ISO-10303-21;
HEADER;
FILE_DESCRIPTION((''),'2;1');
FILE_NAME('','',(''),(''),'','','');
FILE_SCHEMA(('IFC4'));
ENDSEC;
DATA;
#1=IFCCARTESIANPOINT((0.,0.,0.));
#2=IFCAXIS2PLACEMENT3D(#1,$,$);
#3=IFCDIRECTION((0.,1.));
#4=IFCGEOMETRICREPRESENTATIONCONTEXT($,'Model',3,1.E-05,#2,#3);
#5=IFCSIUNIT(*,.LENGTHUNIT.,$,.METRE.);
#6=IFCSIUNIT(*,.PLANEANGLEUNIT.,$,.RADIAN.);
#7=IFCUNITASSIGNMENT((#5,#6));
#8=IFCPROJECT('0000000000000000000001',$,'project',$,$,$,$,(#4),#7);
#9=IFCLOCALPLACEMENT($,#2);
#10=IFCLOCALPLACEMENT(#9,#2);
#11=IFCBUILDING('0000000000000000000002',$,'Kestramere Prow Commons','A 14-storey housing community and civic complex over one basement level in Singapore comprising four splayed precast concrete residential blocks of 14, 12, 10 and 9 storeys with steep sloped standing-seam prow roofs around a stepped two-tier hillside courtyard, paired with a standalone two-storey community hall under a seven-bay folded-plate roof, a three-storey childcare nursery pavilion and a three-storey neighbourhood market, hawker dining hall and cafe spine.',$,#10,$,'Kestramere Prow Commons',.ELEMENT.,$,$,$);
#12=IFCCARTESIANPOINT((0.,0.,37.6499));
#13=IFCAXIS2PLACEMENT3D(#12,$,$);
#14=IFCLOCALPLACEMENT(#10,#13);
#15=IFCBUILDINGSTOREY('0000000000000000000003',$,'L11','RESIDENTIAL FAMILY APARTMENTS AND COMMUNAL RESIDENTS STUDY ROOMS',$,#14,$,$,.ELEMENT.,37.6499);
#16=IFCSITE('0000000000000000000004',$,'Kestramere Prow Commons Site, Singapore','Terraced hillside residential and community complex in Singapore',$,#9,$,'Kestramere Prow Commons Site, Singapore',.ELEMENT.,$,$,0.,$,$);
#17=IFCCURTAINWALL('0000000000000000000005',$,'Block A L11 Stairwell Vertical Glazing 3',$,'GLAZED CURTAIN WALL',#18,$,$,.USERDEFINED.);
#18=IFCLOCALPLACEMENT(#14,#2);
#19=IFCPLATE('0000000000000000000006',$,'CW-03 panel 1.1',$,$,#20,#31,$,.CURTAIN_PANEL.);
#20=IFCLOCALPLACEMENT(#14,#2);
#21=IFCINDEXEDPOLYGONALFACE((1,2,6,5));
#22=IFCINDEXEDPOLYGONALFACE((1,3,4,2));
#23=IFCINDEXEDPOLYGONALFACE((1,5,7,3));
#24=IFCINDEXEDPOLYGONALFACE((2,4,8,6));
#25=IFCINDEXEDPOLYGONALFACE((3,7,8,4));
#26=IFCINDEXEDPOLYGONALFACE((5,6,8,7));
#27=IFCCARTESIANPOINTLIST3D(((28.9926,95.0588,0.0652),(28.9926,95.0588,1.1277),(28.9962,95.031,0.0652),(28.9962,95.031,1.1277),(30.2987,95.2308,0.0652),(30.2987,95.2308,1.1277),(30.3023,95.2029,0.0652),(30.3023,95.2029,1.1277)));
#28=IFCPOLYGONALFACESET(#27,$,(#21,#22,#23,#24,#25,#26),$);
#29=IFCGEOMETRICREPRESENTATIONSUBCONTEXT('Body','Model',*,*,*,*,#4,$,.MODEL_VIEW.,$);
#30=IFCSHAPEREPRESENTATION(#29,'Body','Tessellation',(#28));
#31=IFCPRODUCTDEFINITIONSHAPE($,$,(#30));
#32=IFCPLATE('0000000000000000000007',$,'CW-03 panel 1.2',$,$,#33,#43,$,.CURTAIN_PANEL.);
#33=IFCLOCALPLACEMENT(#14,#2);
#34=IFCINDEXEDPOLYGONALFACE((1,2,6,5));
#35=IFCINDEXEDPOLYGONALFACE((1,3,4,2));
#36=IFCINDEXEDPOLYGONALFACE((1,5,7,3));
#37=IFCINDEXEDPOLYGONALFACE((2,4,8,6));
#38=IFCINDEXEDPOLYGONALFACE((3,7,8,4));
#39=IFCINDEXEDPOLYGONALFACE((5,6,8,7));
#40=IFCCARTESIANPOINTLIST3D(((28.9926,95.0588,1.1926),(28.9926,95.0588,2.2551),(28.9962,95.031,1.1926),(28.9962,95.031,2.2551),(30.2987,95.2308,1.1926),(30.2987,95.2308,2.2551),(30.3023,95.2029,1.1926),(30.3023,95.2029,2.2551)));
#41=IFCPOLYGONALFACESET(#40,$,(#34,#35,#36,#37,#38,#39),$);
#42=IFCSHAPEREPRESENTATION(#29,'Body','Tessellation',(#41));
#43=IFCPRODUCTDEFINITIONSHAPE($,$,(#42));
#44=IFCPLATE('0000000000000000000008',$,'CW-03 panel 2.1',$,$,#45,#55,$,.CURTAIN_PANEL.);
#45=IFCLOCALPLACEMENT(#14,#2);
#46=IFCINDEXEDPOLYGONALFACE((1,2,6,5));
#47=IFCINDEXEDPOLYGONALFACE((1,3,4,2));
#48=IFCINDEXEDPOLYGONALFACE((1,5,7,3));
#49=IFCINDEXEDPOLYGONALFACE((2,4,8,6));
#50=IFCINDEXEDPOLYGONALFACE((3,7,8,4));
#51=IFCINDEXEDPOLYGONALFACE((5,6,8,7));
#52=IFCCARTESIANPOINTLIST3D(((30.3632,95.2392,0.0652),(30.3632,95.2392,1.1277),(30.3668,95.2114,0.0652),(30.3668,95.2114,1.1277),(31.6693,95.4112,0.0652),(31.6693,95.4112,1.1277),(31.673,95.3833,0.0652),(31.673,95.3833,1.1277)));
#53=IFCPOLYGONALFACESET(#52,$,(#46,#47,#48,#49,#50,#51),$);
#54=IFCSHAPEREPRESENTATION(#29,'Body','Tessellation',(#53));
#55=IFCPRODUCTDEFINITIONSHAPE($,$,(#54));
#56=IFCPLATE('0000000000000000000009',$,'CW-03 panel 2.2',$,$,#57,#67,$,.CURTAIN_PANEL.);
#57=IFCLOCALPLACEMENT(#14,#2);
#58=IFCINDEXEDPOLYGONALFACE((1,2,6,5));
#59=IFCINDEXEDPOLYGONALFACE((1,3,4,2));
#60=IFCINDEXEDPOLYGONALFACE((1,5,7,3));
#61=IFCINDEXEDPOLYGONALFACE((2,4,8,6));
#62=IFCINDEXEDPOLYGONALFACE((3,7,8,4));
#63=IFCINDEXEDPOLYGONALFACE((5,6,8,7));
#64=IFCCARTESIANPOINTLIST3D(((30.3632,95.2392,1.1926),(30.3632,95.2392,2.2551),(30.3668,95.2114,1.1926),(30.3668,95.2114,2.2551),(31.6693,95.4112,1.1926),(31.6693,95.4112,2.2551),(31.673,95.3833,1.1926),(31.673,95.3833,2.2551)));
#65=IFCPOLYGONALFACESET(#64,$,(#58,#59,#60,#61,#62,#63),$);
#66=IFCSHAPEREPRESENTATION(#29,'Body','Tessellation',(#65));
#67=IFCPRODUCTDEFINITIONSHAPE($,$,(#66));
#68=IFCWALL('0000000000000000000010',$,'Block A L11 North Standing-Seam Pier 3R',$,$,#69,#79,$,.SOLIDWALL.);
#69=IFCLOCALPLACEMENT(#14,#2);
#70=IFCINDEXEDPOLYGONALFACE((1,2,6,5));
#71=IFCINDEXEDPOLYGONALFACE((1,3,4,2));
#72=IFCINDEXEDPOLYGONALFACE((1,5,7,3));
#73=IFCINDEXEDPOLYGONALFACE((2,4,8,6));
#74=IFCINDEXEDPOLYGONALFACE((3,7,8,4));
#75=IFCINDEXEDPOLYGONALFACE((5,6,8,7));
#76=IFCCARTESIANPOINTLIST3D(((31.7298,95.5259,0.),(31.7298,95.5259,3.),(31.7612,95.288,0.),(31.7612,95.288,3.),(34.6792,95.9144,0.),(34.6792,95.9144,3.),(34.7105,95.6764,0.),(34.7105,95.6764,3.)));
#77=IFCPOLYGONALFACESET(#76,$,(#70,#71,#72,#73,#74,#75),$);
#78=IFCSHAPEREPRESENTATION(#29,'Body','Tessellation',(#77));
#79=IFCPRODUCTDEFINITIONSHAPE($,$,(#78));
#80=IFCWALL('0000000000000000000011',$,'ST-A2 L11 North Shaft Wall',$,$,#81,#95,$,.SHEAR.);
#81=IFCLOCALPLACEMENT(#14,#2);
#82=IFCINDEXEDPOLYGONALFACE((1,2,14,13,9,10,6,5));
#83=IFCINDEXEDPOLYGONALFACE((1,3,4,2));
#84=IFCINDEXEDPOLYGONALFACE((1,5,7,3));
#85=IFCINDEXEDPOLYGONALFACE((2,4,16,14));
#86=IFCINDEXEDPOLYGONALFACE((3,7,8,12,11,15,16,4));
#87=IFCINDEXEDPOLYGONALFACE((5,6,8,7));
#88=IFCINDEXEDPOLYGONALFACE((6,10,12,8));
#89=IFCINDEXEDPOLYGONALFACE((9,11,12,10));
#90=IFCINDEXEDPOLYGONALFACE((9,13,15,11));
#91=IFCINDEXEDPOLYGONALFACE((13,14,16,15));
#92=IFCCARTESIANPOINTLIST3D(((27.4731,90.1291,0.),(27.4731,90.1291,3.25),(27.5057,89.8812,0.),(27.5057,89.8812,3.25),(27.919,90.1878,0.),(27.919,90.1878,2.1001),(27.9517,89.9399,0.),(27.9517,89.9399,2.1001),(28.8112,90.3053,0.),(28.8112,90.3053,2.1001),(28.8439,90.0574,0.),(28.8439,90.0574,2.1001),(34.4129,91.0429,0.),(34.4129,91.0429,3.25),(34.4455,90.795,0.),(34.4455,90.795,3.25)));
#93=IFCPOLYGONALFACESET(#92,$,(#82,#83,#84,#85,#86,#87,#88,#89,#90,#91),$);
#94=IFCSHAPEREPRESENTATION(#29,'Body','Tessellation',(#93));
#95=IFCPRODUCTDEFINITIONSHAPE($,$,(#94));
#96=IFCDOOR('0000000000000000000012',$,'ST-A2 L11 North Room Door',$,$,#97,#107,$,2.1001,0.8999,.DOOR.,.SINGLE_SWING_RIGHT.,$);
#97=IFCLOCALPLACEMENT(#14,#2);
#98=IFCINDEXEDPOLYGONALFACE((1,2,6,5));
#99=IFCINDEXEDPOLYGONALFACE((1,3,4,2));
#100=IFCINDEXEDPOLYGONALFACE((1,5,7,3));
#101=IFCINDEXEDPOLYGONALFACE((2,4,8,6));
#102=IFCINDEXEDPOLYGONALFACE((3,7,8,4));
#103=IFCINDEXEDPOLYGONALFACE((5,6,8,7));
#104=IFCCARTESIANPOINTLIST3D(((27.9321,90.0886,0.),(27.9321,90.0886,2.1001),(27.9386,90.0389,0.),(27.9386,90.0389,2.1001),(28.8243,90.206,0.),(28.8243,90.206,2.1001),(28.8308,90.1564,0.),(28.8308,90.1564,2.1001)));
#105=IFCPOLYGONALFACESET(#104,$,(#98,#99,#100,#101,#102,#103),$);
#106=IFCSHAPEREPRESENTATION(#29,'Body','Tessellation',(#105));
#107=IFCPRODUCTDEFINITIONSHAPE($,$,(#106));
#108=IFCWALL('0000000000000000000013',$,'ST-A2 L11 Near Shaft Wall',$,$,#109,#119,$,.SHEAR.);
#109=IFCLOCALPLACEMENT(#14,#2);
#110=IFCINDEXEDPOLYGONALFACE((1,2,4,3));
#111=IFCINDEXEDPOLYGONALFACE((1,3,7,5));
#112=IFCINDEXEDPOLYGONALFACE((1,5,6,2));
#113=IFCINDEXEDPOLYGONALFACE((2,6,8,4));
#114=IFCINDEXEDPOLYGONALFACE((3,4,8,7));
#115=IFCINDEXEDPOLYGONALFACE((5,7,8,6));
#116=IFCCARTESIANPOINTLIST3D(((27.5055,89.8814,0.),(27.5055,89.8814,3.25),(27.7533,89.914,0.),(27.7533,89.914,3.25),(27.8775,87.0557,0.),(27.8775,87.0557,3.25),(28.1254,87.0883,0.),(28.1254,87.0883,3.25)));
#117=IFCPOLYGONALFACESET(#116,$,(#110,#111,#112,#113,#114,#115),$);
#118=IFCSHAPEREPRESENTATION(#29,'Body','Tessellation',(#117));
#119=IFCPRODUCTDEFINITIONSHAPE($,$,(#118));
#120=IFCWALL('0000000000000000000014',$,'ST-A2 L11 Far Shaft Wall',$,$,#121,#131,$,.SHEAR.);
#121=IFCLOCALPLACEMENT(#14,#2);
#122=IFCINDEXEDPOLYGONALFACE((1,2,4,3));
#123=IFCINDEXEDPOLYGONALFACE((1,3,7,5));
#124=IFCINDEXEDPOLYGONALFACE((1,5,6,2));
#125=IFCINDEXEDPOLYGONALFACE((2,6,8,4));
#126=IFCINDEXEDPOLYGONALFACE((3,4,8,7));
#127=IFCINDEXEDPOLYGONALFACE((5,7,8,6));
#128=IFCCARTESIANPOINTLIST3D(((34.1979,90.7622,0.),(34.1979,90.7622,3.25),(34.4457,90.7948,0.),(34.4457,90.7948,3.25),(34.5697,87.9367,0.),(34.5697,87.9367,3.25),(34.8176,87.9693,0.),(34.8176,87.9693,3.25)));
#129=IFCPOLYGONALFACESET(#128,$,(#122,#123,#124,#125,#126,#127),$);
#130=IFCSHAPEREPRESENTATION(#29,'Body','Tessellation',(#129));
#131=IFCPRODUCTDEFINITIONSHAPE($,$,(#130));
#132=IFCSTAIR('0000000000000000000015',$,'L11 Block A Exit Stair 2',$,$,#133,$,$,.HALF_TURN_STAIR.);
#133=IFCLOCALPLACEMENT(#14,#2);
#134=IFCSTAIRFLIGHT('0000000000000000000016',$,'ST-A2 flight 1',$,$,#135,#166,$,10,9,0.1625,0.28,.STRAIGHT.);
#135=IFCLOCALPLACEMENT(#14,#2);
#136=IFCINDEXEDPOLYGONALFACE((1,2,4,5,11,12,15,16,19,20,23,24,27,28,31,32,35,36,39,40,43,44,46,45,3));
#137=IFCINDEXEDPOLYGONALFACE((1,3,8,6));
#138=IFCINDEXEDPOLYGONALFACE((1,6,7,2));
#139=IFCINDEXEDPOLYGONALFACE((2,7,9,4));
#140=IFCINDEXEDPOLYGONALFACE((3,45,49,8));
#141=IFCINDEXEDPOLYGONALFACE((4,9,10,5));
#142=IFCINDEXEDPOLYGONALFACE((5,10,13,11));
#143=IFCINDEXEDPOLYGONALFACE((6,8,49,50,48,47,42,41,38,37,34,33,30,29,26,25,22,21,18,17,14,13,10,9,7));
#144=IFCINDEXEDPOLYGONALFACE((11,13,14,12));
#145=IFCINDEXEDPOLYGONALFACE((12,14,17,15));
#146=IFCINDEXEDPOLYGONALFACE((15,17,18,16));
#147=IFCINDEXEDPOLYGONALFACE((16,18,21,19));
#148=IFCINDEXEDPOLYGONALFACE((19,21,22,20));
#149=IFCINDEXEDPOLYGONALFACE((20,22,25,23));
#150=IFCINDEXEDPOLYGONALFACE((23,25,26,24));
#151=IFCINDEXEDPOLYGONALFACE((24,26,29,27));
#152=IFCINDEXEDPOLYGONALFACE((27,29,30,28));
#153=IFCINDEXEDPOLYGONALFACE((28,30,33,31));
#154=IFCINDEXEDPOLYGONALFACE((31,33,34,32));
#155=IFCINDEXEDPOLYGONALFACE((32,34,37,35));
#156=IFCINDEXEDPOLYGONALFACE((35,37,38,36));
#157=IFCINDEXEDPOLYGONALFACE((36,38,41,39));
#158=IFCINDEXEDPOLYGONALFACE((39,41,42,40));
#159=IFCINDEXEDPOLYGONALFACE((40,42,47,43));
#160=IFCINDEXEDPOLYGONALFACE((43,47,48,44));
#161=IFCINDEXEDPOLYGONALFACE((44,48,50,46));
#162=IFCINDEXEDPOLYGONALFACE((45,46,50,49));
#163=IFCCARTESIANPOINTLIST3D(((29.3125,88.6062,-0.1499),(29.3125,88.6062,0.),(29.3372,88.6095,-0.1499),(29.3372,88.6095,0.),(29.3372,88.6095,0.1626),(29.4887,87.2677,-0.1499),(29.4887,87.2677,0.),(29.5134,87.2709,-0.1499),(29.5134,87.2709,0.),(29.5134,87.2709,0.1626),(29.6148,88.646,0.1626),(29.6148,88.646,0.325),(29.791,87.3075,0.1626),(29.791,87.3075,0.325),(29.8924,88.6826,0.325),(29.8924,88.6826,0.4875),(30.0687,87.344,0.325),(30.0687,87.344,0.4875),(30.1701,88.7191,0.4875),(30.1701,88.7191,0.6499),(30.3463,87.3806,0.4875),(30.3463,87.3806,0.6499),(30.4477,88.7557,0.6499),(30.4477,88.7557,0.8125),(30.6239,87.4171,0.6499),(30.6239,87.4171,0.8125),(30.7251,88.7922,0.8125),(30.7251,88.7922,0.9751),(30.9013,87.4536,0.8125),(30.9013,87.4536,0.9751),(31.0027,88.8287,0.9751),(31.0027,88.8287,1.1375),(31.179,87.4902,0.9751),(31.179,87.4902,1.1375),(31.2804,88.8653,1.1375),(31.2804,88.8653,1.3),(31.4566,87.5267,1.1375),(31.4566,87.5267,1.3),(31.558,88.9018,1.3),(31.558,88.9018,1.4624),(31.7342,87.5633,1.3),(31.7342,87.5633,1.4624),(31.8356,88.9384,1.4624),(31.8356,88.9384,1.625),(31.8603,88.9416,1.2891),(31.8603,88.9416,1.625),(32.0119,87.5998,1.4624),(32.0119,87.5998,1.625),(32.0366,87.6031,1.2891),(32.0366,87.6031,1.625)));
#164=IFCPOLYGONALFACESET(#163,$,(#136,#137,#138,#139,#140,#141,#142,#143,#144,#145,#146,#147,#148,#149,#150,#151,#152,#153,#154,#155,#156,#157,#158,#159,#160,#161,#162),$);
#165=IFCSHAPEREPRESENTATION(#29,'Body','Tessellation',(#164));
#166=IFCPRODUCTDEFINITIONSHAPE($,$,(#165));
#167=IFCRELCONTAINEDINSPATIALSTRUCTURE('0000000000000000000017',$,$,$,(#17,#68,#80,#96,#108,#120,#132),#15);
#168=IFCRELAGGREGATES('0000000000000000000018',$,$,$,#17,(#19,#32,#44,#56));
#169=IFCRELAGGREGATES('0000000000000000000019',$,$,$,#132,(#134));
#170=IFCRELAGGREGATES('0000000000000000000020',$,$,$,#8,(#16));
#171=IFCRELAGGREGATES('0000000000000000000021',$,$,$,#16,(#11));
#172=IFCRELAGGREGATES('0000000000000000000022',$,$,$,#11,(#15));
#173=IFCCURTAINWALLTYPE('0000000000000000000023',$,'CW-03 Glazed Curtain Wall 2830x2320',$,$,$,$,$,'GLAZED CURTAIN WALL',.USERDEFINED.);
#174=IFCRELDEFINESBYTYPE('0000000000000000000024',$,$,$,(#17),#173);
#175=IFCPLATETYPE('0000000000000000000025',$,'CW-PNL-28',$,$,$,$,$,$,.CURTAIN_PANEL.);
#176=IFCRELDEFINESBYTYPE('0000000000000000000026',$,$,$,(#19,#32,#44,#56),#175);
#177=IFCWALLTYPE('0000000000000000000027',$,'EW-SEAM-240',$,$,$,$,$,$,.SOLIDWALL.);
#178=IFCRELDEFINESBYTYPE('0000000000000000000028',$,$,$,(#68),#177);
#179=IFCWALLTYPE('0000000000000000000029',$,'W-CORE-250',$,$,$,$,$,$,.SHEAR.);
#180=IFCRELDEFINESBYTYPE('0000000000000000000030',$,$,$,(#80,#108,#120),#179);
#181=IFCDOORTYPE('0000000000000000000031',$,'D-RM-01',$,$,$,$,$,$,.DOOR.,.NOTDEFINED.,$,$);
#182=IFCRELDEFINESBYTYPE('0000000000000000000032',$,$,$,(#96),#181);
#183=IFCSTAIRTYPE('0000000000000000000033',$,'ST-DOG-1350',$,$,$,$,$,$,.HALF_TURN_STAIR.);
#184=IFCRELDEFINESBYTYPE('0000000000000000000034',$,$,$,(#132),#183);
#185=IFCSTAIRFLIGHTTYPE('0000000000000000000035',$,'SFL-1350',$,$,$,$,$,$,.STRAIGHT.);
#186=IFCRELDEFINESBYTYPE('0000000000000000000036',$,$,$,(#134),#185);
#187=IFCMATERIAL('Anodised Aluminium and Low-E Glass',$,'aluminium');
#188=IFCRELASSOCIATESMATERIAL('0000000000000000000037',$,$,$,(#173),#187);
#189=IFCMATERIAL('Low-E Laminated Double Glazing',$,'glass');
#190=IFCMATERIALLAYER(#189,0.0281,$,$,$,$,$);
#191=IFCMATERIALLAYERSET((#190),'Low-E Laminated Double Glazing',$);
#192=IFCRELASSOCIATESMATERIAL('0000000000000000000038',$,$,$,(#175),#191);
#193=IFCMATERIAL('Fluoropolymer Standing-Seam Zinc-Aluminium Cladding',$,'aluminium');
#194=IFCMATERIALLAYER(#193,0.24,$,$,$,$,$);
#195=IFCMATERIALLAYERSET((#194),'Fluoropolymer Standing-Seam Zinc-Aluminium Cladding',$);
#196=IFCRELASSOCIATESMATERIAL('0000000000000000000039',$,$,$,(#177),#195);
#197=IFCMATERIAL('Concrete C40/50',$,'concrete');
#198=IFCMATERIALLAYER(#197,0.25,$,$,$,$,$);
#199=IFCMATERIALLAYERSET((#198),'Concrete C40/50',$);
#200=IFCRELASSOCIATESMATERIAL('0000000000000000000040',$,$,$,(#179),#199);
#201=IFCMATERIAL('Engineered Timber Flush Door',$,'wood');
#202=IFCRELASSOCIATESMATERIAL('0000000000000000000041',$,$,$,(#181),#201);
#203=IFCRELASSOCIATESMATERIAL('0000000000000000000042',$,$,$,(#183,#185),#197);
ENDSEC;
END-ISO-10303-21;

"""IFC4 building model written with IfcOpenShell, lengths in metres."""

from ifc_helpers import new_model, si_unit, direction, frame, frame_2d, origin, origin_2d, place, context, subcontext, project, spatial, polyline, rectangle, outline, extrude, material, layer, layer_set, type_object, element, fill, aggregate, save


model = new_model("IFC4")

# Units and contexts
model_context = context("Model", 3, precision=1e-05, world=origin(), true_north=direction((0.0, 1.0)))
body_context = subcontext(model_context, "Body", "Model", "MODEL_VIEW")
ifc_project = project(units=[si_unit("LENGTHUNIT", "METRE"), si_unit("PLANEANGLEUNIT", "RADIAN")], contexts=[model_context])

# Site, building, storey
site_placement = place(None, origin())
site = spatial("IfcSite", under=ifc_project, at=site_placement, Name="Kestramere Prow Commons Site, Singapore", Description="Terraced hillside residential and community complex in Singapore", LongName="Kestramere Prow Commons Site, Singapore", CompositionType="ELEMENT", RefElevation=0.0)
building_placement = place(site_placement, origin())
building = spatial("IfcBuilding", under=site, at=building_placement, Name="Kestramere Prow Commons", Description="A 14-storey housing community and civic complex over one basement level in Singapore comprising four splayed precast concrete residential blocks of 14, 12, 10 and 9 storeys with steep sloped standing-seam prow roofs around a stepped two-tier hillside courtyard, paired with a standalone two-storey community hall under a seven-bay folded-plate roof, a three-storey childcare nursery pavilion and a three-storey neighbourhood market, hawker dining hall and cafe spine.", LongName="Kestramere Prow Commons", CompositionType="ELEMENT")
storey_placement = place(building_placement, frame((0.0, 0.0, 37.6499)))
storey = spatial("IfcBuildingStorey", under=building, at=storey_placement, Name="L11", Description="RESIDENTIAL FAMILY APARTMENTS AND COMMUNAL RESIDENTS STUDY ROOMS", CompositionType="ELEMENT", Elevation=37.6499)

# Shared definitions
ifc_material_1 = material(Name="Concrete C40/50", Category="concrete")

# Curtain wall, plates
ifc_material_2 = material(Name="Anodised Aluminium and Low-E Glass", Category="aluminium")
curtain_wall_type = type_object("IfcCurtainWallType", Name="CW-03 Glazed Curtain Wall 2830x2320", ElementType="GLAZED CURTAIN WALL", PredefinedType="USERDEFINED", material=ifc_material_2)
curtain_wall_placement = place(storey_placement, origin())
curtain_wall = element("IfcCurtainWall", 1, at=curtain_wall_placement, inside=storey, type_object=curtain_wall_type, Name="Block A L11 Stairwell Vertical Glazing 3", ObjectType="GLAZED CURTAIN WALL", PredefinedType="USERDEFINED")
ifc_material_3 = material(Name="Low-E Laminated Double Glazing", Category="glass")
ifc_layer_1 = layer(ifc_material_3, 0.0281)
ifc_layer_set_1 = layer_set([ifc_layer_1], Name="Low-E Laminated Double Glazing")
plate_type = type_object("IfcPlateType", Name="CW-PNL-28", PredefinedType="CURTAIN_PANEL", material=ifc_layer_set_1)
plate_1_placement = place(storey_placement, frame((29.6475, 95.1309, 0.0652), z_axis=(0.0, 0.0, 1.0), x_axis=(0.991445, 0.130526, 0.0)))
plate_1 = element("IfcPlate", 2, at=plate_1_placement, type_object=plate_type, Name="CW-03 panel 1.1", PredefinedType="CURTAIN_PANEL", context=body_context, shape_type="SweptSolid", body=[
    extrude(rectangle(XDim=1.3174, YDim=0.0281, at=origin_2d()), origin(), (0.0, 0.0, 1.0), 1.0625),
])
plate_2_placement = place(storey_placement, frame((29.6475, 95.1309, 1.1926), z_axis=(0.0, 0.0, 1.0), x_axis=(0.991445, 0.130526, 0.0)))
plate_2 = element("IfcPlate", 3, at=plate_2_placement, type_object=plate_type, Name="CW-03 panel 1.2", PredefinedType="CURTAIN_PANEL", context=body_context, shape_type="SweptSolid", body=[
    extrude(rectangle(XDim=1.3174, YDim=0.0281, at=origin_2d()), origin(), (0.0, 0.0, 1.0), 1.0625),
])
plate_3_placement = place(storey_placement, frame((31.0181, 95.3113, 0.0652), z_axis=(0.0, 0.0, 1.0), x_axis=(0.991445, 0.130526, 0.0)))
plate_3 = element("IfcPlate", 4, at=plate_3_placement, type_object=plate_type, Name="CW-03 panel 2.1", PredefinedType="CURTAIN_PANEL", context=body_context, shape_type="SweptSolid", body=[
    extrude(rectangle(XDim=1.3174, YDim=0.0281, at=origin_2d()), origin(), (0.0, 0.0, 1.0), 1.0625),
])
plate_4_placement = place(storey_placement, frame((31.0181, 95.3113, 1.1926), z_axis=(0.0, 0.0, 1.0), x_axis=(0.991445, 0.130526, 0.0)))
plate_4 = element("IfcPlate", 5, at=plate_4_placement, type_object=plate_type, Name="CW-03 panel 2.2", PredefinedType="CURTAIN_PANEL", context=body_context, shape_type="SweptSolid", body=[
    extrude(rectangle(XDim=1.3174, YDim=0.0281, at=origin_2d()), origin(), (0.0, 0.0, 1.0), 1.0625),
])
aggregate(curtain_wall, [plate_1, plate_2, plate_3, plate_4])

# Wall
ifc_material_4 = material(Name="Fluoropolymer Standing-Seam Zinc-Aluminium Cladding", Category="aluminium")
ifc_layer_2 = layer(ifc_material_4, 0.24)
ifc_layer_set_2 = layer_set([ifc_layer_2], Name="Fluoropolymer Standing-Seam Zinc-Aluminium Cladding")
wall_type_1 = type_object("IfcWallType", Name="EW-SEAM-240", PredefinedType="SOLIDWALL", material=ifc_layer_set_2)
wall_1_placement = place(storey_placement, frame((31.7456, 95.407, 0.0), z_axis=(0.0, 0.0, 1.0), x_axis=(0.991439, 0.130567, 0.0)))
element("IfcWall", 6, at=wall_1_placement, inside=storey, type_object=wall_type_1, Name="Block A L11 North Standing-Seam Pier 3R", PredefinedType="SOLIDWALL", context=body_context, shape_type="SweptSolid", body=[
    extrude(rectangle(XDim=2.9749, YDim=0.24, at=frame_2d((1.4873, 0.0))), origin(), (0.0, 0.0, 1.0), 3.0),
])

# Wall, opening, door
ifc_layer_3 = layer(ifc_material_1, 0.25)
ifc_layer_set_3 = layer_set([ifc_layer_3], Name="Concrete C40/50")
wall_type_2 = type_object("IfcWallType", Name="W-CORE-250", PredefinedType="SHEAR", material=ifc_layer_set_3)
wall_2_placement = place(storey_placement, frame((27.4893, 90.0051, 0.0), z_axis=(0.0, 0.0, 1.0), x_axis=(0.991442, 0.130548, 0.0)))
wall_2 = element("IfcWall", 7, at=wall_2_placement, inside=storey, type_object=wall_type_2, Name="ST-A2 L11 North Shaft Wall", PredefinedType="SHEAR", context=body_context, shape_type="SweptSolid", body=[
    extrude(rectangle(XDim=6.9998, YDim=0.25, at=frame_2d((3.5, 0.0))), origin(), (0.0, 0.0, 1.0), 3.25),
])
opening_1_placement = place(wall_2_placement, frame((0.45, 0.0, 0.0)))
opening_1 = element("IfcOpeningElement", 8, at=opening_1_placement, cuts=wall_2, PredefinedType="OPENING", context=body_context, shape_type="SweptSolid", body=[
    extrude(rectangle(XDim=0.8999, YDim=2.1001, at=frame_2d((0.45, 1.05))), frame((0.0, 0.1399, 0.0), z_axis=(0.0, -1.0, 0.0), x_axis=(1.0, 0.0, 0.0)), (0.0, 0.0, 1.0), 0.28),
])
ifc_material_5 = material(Name="Engineered Timber Flush Door", Category="wood")
door_type_1 = type_object("IfcDoorType", Name="D-RM-01", OperationType="NOTDEFINED", PredefinedType="DOOR", material=ifc_material_5)
door_1_placement = place(opening_1_placement, origin())
door_1 = element("IfcDoor", 9, at=door_1_placement, inside=storey, type_object=door_type_1, Name="ST-A2 L11 North Room Door", OperationType="SINGLE_SWING_RIGHT", OverallHeight=2.1001, OverallWidth=0.8999, PredefinedType="DOOR", context=body_context, shape_type="SweptSolid", body=[
    extrude(rectangle(XDim=0.8999, YDim=2.1001, at=frame_2d((0.45, 1.05))), frame((0.0, 0.0249, 0.0), z_axis=(0.0, -1.0, 0.0), x_axis=(1.0, 0.0, 0.0)), (0.0, 0.0, 1.0), 0.05),
])
fill(opening_1, door_1)

# Walls
wall_3_placement = place(storey_placement, frame((28.0015, 87.072, 0.0), z_axis=(0.0, 0.0, 1.0), x_axis=(-0.130548, 0.991442, 0.0)))
element("IfcWall", 10, at=wall_3_placement, inside=storey, type_object=wall_type_2, Name="ST-A2 L11 Near Shaft Wall", PredefinedType="SHEAR", context=body_context, shape_type="SweptSolid", body=[
    extrude(rectangle(XDim=2.8501, YDim=0.25, at=frame_2d((1.425, 0.0))), origin(), (0.0, 0.0, 1.0), 3.25),
])
wall_4_placement = place(storey_placement, frame((34.6936, 87.9531, 0.0), z_axis=(0.0, 0.0, 1.0), x_axis=(-0.130474, 0.991452, 0.0)))
element("IfcWall", 11, at=wall_4_placement, inside=storey, type_object=wall_type_2, Name="ST-A2 L11 Far Shaft Wall", PredefinedType="SHEAR", context=body_context, shape_type="SweptSolid", body=[
    extrude(rectangle(XDim=2.8499, YDim=0.25, at=frame_2d((1.4248, 0.0))), origin(), (0.0, 0.0, 1.0), 3.25),
])

# Stair, stair flight
stair_type = type_object("IfcStairType", Name="ST-DOG-1350", PredefinedType="HALF_TURN_STAIR", material=ifc_material_1)
stair_placement = place(storey_placement, origin())
stair = element("IfcStair", 12, at=stair_placement, inside=storey, type_object=stair_type, Name="L11 Block A Exit Stair 2", PredefinedType="HALF_TURN_STAIR")
stair_flight_type = type_object("IfcStairFlightType", Name="SFL-1350", PredefinedType="STRAIGHT", material=ifc_material_1)
stair_flight_1_placement = place(storey_placement, frame((29.4253, 87.9402, 0.0), z_axis=(0.0, 0.0, 1.0), x_axis=(0.991445, 0.130526, 0.0)))
stair_flight_1 = element("IfcStairFlight", 13, at=stair_flight_1_placement, type_object=stair_flight_type, Name="ST-A2 flight 1", NumberOfRisers=10, NumberOfTreads=9, PredefinedType="STRAIGHT", RiserHeight=0.1625, TreadLength=0.28, context=body_context, shape_type="SweptSolid", body=[
    extrude(outline(polyline([(-0.0249, 0.0), (0.0, 0.0), (0.0, 0.1626), (0.28, 0.1626), (0.28, 0.325), (0.5601, 0.325), (0.5601, 0.4875), (0.8401, 0.4875), (0.8401, 0.6499), (1.1201, 0.6499), (1.1201, 0.8125), (1.3999, 0.8125), (1.3999, 0.9751), (1.6799, 0.9751), (1.6799, 1.1375), (1.96, 1.1375), (1.96, 1.3), (2.24, 1.3), (2.24, 1.4624), (2.52, 1.4624), (2.52, 1.625), (2.5449, 1.625), (2.5449, 1.2891), (0.0, -0.1499), (-0.0249, -0.1499), (-0.0249, 0.0)])), frame((0.0, 0.675, 0.0), z_axis=(0.0, -1.0, 0.0), x_axis=(1.0, 0.0, 0.0)), (0.0, 0.0, 1.0), 1.3501),
])
aggregate(stair, [stair_flight_1])

save(model, "model.ifc")
